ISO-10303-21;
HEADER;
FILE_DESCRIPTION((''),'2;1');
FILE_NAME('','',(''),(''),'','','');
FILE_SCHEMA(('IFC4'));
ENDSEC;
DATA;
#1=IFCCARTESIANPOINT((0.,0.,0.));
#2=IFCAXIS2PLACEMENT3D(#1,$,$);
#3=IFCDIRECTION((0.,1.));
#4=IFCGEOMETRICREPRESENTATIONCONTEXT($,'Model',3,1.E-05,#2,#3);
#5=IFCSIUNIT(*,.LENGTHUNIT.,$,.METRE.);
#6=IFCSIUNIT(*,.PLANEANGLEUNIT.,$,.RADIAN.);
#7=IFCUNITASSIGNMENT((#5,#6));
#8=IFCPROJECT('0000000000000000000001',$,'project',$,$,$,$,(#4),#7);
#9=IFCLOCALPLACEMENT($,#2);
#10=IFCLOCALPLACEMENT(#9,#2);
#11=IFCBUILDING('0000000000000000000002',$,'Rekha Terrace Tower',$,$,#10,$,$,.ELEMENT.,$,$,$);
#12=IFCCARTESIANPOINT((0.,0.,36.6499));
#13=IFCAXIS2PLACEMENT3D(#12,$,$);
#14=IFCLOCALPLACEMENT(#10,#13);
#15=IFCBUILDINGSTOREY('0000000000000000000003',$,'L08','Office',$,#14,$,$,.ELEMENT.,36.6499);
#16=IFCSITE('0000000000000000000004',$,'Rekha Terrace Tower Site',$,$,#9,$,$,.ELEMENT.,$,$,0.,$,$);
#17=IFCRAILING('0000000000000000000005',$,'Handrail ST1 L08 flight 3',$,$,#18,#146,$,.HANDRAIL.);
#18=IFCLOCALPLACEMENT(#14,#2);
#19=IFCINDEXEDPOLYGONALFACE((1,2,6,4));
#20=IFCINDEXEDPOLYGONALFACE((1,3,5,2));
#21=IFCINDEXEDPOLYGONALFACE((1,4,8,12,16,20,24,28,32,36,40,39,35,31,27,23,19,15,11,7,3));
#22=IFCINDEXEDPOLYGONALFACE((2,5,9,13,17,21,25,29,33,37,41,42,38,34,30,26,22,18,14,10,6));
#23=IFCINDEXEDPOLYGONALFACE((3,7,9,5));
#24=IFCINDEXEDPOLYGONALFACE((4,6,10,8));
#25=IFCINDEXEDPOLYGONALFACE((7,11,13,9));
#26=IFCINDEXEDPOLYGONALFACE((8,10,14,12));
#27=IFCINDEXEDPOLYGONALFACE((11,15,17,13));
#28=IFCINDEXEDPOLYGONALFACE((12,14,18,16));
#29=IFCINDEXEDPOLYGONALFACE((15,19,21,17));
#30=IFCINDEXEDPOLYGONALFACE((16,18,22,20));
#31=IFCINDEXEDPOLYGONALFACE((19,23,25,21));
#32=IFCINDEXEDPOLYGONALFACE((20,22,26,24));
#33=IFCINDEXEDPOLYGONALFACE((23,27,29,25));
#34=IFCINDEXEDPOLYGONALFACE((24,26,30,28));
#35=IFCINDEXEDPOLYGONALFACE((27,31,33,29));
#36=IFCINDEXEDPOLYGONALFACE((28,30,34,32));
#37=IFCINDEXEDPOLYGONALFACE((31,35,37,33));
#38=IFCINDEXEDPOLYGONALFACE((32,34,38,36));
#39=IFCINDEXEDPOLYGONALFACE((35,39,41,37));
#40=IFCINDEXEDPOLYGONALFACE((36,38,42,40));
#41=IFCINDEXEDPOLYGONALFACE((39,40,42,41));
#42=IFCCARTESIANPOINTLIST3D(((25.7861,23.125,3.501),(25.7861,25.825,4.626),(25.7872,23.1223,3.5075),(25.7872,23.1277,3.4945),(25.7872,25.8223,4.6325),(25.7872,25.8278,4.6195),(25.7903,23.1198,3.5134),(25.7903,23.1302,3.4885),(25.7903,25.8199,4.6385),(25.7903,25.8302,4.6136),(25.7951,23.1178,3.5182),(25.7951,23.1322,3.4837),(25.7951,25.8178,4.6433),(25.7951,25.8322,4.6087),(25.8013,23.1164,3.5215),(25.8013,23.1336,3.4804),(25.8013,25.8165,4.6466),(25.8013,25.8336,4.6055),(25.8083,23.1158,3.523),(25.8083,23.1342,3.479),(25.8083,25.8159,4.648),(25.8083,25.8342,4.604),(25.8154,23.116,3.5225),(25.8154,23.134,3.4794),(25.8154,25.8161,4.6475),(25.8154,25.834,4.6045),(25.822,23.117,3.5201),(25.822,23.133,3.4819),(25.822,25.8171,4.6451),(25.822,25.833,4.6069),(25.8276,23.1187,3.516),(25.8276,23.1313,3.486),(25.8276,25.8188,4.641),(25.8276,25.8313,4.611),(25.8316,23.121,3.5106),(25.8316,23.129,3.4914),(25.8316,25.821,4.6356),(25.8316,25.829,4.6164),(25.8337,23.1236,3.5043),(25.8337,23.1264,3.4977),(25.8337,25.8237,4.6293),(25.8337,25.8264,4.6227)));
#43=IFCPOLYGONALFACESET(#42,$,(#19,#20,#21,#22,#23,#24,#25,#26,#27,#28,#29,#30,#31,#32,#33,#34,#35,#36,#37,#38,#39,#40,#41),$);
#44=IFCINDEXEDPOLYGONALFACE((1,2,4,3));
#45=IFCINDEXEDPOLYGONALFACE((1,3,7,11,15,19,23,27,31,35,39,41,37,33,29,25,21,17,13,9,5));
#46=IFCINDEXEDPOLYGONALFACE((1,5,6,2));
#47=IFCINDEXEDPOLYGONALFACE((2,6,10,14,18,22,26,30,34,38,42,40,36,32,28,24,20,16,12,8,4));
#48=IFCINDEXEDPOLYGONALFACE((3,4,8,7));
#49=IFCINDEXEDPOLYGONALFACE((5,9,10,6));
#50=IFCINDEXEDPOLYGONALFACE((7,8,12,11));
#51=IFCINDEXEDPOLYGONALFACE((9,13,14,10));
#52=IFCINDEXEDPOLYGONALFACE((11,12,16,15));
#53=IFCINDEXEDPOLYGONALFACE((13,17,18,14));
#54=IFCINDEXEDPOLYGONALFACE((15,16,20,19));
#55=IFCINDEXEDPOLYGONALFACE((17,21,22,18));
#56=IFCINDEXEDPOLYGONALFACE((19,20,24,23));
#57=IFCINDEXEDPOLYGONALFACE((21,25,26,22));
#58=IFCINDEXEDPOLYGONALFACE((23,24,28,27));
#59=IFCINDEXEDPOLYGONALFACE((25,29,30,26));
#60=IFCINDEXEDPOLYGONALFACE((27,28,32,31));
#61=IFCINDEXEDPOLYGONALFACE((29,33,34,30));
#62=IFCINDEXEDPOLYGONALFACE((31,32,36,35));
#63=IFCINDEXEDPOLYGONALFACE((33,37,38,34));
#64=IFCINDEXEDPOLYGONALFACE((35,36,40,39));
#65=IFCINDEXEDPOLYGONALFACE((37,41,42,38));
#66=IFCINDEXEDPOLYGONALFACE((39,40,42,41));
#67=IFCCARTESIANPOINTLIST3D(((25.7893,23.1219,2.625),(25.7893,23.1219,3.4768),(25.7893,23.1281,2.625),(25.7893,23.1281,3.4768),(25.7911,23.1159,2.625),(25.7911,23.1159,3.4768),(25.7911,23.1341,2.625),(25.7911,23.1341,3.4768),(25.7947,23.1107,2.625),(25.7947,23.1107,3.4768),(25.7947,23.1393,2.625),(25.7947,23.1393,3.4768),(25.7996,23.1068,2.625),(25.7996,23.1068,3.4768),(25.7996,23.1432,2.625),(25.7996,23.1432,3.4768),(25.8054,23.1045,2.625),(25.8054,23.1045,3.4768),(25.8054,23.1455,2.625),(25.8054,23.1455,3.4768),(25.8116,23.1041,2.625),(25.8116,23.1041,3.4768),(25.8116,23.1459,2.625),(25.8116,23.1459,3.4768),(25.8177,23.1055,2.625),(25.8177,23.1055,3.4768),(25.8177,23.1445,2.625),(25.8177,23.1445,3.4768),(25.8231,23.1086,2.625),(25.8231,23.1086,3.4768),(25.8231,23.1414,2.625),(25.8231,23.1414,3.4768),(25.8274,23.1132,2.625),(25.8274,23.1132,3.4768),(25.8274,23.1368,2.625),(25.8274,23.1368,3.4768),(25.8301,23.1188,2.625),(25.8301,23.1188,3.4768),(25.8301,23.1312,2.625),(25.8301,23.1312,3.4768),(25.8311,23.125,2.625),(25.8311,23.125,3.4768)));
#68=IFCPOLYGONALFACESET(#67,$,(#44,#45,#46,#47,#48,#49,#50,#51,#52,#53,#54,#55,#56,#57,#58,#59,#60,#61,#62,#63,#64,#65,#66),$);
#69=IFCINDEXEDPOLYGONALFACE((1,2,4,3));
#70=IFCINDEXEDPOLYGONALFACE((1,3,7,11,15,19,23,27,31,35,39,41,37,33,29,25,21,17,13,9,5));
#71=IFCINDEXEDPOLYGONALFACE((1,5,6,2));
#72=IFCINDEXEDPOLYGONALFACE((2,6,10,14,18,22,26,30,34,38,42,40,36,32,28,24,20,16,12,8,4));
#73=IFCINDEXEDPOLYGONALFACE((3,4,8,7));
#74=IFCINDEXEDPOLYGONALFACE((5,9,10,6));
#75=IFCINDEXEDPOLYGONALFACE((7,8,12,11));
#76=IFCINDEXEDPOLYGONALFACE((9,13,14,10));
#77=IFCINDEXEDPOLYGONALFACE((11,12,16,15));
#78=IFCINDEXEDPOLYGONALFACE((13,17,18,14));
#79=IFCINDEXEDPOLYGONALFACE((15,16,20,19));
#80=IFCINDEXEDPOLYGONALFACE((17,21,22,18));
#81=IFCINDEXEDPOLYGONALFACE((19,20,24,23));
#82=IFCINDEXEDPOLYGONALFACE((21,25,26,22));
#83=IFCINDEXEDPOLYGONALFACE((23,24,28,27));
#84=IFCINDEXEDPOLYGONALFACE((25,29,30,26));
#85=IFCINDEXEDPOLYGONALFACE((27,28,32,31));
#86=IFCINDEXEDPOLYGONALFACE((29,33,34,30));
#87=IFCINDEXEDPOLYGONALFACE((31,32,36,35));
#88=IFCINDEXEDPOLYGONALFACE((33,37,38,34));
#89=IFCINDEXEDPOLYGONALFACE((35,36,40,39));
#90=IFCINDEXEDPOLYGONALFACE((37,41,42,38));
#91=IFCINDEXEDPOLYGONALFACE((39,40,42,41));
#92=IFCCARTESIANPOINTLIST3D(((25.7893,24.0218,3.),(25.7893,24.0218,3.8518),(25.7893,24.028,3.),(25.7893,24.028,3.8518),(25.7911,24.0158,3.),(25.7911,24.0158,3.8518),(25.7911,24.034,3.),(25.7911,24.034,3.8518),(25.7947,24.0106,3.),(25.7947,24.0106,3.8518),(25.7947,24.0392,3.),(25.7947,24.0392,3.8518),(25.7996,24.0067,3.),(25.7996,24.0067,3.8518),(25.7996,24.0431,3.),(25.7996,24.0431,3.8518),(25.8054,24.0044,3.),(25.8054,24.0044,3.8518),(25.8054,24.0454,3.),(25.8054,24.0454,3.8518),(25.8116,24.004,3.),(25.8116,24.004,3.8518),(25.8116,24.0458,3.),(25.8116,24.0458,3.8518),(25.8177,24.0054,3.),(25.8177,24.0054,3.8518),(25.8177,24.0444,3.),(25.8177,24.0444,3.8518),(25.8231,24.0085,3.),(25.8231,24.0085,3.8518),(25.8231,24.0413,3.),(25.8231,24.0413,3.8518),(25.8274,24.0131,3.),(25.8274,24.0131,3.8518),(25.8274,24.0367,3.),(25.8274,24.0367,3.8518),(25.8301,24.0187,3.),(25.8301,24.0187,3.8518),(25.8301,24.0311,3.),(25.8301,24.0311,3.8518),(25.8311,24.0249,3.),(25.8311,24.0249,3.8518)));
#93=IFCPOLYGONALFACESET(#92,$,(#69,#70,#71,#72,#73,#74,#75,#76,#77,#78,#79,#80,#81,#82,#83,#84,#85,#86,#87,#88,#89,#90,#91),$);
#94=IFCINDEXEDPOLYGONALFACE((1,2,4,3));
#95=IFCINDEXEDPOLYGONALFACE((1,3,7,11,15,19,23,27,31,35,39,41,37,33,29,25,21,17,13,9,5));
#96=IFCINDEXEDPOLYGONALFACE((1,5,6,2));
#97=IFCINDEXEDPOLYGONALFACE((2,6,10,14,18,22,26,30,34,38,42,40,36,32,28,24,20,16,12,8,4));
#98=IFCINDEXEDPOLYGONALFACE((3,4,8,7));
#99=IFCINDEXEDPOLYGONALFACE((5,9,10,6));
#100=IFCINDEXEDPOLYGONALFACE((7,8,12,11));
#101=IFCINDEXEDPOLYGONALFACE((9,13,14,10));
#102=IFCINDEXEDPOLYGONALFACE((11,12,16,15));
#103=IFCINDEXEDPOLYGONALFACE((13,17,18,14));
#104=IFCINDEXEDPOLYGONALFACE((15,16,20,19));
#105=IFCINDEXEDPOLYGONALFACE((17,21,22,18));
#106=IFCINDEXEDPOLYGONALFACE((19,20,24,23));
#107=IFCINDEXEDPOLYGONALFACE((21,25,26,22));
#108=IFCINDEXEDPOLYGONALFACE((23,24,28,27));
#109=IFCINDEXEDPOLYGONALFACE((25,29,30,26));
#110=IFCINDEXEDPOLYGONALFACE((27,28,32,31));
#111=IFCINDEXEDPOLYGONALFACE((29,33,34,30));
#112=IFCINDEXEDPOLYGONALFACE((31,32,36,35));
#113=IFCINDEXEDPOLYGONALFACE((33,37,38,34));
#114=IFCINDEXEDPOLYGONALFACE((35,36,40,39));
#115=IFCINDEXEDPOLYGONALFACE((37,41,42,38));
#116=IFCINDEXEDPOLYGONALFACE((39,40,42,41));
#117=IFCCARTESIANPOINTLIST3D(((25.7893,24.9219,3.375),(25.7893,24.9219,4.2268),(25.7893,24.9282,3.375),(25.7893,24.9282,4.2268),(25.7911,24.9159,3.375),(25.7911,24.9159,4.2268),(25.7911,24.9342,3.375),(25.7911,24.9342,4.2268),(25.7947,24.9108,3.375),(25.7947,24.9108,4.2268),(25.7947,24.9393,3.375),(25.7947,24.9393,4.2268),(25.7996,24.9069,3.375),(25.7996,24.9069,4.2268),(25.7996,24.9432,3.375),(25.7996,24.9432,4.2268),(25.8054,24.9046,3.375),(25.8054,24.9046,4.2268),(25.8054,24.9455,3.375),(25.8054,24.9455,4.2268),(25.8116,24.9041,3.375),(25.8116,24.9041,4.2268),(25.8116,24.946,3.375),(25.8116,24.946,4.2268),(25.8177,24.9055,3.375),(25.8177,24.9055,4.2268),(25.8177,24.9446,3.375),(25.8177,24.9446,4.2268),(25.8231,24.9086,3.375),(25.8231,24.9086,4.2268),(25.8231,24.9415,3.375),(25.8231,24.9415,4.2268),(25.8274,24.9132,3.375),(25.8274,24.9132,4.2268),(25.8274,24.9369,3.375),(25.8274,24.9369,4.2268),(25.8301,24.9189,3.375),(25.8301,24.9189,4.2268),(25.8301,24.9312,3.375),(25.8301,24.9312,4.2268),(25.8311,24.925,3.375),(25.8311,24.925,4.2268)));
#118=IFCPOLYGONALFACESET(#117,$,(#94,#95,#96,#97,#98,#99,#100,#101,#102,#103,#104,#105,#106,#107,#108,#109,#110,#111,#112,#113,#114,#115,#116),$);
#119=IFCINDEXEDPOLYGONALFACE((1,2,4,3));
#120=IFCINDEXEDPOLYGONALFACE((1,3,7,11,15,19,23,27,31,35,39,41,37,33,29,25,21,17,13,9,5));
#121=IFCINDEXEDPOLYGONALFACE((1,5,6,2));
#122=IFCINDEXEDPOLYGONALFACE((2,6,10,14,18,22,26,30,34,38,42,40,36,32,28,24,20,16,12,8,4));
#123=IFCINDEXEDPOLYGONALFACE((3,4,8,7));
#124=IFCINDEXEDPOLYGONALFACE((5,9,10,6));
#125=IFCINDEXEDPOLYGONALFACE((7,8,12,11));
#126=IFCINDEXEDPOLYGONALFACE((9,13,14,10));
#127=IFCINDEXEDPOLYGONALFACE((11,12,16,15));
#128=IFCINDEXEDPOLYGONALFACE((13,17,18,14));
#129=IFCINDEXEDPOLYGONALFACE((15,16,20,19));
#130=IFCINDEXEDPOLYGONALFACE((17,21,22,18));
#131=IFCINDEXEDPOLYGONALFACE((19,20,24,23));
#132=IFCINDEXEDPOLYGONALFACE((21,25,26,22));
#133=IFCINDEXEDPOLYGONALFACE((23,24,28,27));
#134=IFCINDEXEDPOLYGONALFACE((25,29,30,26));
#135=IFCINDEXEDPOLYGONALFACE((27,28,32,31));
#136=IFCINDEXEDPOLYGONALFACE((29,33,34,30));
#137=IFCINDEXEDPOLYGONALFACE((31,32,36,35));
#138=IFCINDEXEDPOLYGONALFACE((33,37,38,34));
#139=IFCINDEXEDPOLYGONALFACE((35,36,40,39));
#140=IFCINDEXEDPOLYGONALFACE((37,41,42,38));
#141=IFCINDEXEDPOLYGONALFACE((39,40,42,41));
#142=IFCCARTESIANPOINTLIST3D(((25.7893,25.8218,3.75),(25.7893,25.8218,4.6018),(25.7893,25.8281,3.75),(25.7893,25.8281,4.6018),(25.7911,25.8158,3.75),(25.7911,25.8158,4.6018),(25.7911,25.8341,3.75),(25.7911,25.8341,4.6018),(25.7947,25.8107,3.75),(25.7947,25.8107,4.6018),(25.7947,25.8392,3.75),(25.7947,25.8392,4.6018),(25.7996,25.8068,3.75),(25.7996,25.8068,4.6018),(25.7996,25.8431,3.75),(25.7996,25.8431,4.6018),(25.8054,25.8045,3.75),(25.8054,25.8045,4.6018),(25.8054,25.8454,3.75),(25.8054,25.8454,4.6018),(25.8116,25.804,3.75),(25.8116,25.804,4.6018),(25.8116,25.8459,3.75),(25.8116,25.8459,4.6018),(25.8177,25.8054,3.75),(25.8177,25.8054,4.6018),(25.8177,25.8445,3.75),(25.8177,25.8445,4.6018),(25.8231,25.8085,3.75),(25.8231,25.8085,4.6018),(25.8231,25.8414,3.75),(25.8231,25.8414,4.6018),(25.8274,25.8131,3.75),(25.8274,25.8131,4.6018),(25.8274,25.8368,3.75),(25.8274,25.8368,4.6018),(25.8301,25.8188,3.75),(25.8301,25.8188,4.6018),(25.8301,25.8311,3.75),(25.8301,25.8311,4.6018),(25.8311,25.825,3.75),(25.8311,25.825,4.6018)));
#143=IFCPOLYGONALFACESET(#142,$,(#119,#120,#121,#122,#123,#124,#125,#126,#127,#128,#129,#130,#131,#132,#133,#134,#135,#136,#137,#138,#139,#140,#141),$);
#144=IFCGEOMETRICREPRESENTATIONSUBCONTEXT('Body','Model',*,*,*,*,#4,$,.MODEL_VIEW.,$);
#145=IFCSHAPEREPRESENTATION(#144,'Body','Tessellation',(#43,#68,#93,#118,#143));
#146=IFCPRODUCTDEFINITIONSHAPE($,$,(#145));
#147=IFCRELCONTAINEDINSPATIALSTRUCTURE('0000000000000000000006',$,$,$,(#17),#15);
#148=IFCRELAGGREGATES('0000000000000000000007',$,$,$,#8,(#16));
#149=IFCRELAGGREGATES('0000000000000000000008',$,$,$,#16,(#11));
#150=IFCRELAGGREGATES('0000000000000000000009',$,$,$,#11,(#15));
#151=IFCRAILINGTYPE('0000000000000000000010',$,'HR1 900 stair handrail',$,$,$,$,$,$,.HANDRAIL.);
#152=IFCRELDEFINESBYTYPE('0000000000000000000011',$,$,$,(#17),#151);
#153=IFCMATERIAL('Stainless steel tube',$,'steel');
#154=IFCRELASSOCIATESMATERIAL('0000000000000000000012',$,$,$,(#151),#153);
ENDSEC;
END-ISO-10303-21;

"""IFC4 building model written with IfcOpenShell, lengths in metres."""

from ifc_helpers import new_model, si_unit, direction, frame, origin, origin_2d, place, context, subcontext, project, spatial, circle, extrude, material, type_object, element, save


model = new_model("IFC4")

# Units and contexts
model_context = context("Model", 3, precision=1e-05, world=origin(), true_north=direction((0.0, 1.0)))
body_context = subcontext(model_context, "Body", "Model", "MODEL_VIEW")
ifc_project = project(units=[si_unit("LENGTHUNIT", "METRE"), si_unit("PLANEANGLEUNIT", "RADIAN")], contexts=[model_context])

# Site, building, storey
site_placement = place(None, origin())
site = spatial("IfcSite", under=ifc_project, at=site_placement, Name="Rekha Terrace Tower Site", CompositionType="ELEMENT", RefElevation=0.0)
building_placement = place(site_placement, origin())
building = spatial("IfcBuilding", under=site, at=building_placement, Name="Rekha Terrace Tower", CompositionType="ELEMENT")
storey_placement = place(building_placement, frame((0.0, 0.0, 36.6499)))
storey = spatial("IfcBuildingStorey", under=building, at=storey_placement, Name="L08", Description="Office", CompositionType="ELEMENT", Elevation=36.6499)

# Railing
ifc_material_1 = material(Name="Stainless steel tube", Category="steel")
railing_type_1 = type_object("IfcRailingType", Name="HR1 900 stair handrail", PredefinedType="HANDRAIL", material=ifc_material_1)
railing_1_placement = place(storey_placement, frame((25.8101, 23.125, 2.625)))
element("IfcRailing", 1, at=railing_1_placement, inside=storey, type_object=railing_type_1, Name="Handrail ST1 L08 flight 3", PredefinedType="HANDRAIL", context=body_context, shape_type="SweptSolid", body=[
    extrude(circle(Radius=0.0239, at=origin_2d()), frame((0.0, 0.0, 0.876), z_axis=(0.0, 0.923074, 0.384621), x_axis=(-1.0, 0.0, 0.0)), (0.0, 0.0, 1.0), 2.925),
    extrude(circle(Radius=0.021, at=origin_2d()), origin(), (0.0, 0.0, 1.0), 0.8518),
    extrude(circle(Radius=0.021, at=origin_2d()), frame((0.0, 0.8999, 0.375)), (0.0, 0.0, 1.0), 0.8518),
    extrude(circle(Radius=0.021, at=origin_2d()), frame((0.0, 1.8, 0.75)), (0.0, 0.0, 1.0), 0.8518),
    extrude(circle(Radius=0.021, at=origin_2d()), frame((0.0, 2.7, 1.125)), (0.0, 0.0, 1.0), 0.8518),
])

save(model, "model.ifc")
